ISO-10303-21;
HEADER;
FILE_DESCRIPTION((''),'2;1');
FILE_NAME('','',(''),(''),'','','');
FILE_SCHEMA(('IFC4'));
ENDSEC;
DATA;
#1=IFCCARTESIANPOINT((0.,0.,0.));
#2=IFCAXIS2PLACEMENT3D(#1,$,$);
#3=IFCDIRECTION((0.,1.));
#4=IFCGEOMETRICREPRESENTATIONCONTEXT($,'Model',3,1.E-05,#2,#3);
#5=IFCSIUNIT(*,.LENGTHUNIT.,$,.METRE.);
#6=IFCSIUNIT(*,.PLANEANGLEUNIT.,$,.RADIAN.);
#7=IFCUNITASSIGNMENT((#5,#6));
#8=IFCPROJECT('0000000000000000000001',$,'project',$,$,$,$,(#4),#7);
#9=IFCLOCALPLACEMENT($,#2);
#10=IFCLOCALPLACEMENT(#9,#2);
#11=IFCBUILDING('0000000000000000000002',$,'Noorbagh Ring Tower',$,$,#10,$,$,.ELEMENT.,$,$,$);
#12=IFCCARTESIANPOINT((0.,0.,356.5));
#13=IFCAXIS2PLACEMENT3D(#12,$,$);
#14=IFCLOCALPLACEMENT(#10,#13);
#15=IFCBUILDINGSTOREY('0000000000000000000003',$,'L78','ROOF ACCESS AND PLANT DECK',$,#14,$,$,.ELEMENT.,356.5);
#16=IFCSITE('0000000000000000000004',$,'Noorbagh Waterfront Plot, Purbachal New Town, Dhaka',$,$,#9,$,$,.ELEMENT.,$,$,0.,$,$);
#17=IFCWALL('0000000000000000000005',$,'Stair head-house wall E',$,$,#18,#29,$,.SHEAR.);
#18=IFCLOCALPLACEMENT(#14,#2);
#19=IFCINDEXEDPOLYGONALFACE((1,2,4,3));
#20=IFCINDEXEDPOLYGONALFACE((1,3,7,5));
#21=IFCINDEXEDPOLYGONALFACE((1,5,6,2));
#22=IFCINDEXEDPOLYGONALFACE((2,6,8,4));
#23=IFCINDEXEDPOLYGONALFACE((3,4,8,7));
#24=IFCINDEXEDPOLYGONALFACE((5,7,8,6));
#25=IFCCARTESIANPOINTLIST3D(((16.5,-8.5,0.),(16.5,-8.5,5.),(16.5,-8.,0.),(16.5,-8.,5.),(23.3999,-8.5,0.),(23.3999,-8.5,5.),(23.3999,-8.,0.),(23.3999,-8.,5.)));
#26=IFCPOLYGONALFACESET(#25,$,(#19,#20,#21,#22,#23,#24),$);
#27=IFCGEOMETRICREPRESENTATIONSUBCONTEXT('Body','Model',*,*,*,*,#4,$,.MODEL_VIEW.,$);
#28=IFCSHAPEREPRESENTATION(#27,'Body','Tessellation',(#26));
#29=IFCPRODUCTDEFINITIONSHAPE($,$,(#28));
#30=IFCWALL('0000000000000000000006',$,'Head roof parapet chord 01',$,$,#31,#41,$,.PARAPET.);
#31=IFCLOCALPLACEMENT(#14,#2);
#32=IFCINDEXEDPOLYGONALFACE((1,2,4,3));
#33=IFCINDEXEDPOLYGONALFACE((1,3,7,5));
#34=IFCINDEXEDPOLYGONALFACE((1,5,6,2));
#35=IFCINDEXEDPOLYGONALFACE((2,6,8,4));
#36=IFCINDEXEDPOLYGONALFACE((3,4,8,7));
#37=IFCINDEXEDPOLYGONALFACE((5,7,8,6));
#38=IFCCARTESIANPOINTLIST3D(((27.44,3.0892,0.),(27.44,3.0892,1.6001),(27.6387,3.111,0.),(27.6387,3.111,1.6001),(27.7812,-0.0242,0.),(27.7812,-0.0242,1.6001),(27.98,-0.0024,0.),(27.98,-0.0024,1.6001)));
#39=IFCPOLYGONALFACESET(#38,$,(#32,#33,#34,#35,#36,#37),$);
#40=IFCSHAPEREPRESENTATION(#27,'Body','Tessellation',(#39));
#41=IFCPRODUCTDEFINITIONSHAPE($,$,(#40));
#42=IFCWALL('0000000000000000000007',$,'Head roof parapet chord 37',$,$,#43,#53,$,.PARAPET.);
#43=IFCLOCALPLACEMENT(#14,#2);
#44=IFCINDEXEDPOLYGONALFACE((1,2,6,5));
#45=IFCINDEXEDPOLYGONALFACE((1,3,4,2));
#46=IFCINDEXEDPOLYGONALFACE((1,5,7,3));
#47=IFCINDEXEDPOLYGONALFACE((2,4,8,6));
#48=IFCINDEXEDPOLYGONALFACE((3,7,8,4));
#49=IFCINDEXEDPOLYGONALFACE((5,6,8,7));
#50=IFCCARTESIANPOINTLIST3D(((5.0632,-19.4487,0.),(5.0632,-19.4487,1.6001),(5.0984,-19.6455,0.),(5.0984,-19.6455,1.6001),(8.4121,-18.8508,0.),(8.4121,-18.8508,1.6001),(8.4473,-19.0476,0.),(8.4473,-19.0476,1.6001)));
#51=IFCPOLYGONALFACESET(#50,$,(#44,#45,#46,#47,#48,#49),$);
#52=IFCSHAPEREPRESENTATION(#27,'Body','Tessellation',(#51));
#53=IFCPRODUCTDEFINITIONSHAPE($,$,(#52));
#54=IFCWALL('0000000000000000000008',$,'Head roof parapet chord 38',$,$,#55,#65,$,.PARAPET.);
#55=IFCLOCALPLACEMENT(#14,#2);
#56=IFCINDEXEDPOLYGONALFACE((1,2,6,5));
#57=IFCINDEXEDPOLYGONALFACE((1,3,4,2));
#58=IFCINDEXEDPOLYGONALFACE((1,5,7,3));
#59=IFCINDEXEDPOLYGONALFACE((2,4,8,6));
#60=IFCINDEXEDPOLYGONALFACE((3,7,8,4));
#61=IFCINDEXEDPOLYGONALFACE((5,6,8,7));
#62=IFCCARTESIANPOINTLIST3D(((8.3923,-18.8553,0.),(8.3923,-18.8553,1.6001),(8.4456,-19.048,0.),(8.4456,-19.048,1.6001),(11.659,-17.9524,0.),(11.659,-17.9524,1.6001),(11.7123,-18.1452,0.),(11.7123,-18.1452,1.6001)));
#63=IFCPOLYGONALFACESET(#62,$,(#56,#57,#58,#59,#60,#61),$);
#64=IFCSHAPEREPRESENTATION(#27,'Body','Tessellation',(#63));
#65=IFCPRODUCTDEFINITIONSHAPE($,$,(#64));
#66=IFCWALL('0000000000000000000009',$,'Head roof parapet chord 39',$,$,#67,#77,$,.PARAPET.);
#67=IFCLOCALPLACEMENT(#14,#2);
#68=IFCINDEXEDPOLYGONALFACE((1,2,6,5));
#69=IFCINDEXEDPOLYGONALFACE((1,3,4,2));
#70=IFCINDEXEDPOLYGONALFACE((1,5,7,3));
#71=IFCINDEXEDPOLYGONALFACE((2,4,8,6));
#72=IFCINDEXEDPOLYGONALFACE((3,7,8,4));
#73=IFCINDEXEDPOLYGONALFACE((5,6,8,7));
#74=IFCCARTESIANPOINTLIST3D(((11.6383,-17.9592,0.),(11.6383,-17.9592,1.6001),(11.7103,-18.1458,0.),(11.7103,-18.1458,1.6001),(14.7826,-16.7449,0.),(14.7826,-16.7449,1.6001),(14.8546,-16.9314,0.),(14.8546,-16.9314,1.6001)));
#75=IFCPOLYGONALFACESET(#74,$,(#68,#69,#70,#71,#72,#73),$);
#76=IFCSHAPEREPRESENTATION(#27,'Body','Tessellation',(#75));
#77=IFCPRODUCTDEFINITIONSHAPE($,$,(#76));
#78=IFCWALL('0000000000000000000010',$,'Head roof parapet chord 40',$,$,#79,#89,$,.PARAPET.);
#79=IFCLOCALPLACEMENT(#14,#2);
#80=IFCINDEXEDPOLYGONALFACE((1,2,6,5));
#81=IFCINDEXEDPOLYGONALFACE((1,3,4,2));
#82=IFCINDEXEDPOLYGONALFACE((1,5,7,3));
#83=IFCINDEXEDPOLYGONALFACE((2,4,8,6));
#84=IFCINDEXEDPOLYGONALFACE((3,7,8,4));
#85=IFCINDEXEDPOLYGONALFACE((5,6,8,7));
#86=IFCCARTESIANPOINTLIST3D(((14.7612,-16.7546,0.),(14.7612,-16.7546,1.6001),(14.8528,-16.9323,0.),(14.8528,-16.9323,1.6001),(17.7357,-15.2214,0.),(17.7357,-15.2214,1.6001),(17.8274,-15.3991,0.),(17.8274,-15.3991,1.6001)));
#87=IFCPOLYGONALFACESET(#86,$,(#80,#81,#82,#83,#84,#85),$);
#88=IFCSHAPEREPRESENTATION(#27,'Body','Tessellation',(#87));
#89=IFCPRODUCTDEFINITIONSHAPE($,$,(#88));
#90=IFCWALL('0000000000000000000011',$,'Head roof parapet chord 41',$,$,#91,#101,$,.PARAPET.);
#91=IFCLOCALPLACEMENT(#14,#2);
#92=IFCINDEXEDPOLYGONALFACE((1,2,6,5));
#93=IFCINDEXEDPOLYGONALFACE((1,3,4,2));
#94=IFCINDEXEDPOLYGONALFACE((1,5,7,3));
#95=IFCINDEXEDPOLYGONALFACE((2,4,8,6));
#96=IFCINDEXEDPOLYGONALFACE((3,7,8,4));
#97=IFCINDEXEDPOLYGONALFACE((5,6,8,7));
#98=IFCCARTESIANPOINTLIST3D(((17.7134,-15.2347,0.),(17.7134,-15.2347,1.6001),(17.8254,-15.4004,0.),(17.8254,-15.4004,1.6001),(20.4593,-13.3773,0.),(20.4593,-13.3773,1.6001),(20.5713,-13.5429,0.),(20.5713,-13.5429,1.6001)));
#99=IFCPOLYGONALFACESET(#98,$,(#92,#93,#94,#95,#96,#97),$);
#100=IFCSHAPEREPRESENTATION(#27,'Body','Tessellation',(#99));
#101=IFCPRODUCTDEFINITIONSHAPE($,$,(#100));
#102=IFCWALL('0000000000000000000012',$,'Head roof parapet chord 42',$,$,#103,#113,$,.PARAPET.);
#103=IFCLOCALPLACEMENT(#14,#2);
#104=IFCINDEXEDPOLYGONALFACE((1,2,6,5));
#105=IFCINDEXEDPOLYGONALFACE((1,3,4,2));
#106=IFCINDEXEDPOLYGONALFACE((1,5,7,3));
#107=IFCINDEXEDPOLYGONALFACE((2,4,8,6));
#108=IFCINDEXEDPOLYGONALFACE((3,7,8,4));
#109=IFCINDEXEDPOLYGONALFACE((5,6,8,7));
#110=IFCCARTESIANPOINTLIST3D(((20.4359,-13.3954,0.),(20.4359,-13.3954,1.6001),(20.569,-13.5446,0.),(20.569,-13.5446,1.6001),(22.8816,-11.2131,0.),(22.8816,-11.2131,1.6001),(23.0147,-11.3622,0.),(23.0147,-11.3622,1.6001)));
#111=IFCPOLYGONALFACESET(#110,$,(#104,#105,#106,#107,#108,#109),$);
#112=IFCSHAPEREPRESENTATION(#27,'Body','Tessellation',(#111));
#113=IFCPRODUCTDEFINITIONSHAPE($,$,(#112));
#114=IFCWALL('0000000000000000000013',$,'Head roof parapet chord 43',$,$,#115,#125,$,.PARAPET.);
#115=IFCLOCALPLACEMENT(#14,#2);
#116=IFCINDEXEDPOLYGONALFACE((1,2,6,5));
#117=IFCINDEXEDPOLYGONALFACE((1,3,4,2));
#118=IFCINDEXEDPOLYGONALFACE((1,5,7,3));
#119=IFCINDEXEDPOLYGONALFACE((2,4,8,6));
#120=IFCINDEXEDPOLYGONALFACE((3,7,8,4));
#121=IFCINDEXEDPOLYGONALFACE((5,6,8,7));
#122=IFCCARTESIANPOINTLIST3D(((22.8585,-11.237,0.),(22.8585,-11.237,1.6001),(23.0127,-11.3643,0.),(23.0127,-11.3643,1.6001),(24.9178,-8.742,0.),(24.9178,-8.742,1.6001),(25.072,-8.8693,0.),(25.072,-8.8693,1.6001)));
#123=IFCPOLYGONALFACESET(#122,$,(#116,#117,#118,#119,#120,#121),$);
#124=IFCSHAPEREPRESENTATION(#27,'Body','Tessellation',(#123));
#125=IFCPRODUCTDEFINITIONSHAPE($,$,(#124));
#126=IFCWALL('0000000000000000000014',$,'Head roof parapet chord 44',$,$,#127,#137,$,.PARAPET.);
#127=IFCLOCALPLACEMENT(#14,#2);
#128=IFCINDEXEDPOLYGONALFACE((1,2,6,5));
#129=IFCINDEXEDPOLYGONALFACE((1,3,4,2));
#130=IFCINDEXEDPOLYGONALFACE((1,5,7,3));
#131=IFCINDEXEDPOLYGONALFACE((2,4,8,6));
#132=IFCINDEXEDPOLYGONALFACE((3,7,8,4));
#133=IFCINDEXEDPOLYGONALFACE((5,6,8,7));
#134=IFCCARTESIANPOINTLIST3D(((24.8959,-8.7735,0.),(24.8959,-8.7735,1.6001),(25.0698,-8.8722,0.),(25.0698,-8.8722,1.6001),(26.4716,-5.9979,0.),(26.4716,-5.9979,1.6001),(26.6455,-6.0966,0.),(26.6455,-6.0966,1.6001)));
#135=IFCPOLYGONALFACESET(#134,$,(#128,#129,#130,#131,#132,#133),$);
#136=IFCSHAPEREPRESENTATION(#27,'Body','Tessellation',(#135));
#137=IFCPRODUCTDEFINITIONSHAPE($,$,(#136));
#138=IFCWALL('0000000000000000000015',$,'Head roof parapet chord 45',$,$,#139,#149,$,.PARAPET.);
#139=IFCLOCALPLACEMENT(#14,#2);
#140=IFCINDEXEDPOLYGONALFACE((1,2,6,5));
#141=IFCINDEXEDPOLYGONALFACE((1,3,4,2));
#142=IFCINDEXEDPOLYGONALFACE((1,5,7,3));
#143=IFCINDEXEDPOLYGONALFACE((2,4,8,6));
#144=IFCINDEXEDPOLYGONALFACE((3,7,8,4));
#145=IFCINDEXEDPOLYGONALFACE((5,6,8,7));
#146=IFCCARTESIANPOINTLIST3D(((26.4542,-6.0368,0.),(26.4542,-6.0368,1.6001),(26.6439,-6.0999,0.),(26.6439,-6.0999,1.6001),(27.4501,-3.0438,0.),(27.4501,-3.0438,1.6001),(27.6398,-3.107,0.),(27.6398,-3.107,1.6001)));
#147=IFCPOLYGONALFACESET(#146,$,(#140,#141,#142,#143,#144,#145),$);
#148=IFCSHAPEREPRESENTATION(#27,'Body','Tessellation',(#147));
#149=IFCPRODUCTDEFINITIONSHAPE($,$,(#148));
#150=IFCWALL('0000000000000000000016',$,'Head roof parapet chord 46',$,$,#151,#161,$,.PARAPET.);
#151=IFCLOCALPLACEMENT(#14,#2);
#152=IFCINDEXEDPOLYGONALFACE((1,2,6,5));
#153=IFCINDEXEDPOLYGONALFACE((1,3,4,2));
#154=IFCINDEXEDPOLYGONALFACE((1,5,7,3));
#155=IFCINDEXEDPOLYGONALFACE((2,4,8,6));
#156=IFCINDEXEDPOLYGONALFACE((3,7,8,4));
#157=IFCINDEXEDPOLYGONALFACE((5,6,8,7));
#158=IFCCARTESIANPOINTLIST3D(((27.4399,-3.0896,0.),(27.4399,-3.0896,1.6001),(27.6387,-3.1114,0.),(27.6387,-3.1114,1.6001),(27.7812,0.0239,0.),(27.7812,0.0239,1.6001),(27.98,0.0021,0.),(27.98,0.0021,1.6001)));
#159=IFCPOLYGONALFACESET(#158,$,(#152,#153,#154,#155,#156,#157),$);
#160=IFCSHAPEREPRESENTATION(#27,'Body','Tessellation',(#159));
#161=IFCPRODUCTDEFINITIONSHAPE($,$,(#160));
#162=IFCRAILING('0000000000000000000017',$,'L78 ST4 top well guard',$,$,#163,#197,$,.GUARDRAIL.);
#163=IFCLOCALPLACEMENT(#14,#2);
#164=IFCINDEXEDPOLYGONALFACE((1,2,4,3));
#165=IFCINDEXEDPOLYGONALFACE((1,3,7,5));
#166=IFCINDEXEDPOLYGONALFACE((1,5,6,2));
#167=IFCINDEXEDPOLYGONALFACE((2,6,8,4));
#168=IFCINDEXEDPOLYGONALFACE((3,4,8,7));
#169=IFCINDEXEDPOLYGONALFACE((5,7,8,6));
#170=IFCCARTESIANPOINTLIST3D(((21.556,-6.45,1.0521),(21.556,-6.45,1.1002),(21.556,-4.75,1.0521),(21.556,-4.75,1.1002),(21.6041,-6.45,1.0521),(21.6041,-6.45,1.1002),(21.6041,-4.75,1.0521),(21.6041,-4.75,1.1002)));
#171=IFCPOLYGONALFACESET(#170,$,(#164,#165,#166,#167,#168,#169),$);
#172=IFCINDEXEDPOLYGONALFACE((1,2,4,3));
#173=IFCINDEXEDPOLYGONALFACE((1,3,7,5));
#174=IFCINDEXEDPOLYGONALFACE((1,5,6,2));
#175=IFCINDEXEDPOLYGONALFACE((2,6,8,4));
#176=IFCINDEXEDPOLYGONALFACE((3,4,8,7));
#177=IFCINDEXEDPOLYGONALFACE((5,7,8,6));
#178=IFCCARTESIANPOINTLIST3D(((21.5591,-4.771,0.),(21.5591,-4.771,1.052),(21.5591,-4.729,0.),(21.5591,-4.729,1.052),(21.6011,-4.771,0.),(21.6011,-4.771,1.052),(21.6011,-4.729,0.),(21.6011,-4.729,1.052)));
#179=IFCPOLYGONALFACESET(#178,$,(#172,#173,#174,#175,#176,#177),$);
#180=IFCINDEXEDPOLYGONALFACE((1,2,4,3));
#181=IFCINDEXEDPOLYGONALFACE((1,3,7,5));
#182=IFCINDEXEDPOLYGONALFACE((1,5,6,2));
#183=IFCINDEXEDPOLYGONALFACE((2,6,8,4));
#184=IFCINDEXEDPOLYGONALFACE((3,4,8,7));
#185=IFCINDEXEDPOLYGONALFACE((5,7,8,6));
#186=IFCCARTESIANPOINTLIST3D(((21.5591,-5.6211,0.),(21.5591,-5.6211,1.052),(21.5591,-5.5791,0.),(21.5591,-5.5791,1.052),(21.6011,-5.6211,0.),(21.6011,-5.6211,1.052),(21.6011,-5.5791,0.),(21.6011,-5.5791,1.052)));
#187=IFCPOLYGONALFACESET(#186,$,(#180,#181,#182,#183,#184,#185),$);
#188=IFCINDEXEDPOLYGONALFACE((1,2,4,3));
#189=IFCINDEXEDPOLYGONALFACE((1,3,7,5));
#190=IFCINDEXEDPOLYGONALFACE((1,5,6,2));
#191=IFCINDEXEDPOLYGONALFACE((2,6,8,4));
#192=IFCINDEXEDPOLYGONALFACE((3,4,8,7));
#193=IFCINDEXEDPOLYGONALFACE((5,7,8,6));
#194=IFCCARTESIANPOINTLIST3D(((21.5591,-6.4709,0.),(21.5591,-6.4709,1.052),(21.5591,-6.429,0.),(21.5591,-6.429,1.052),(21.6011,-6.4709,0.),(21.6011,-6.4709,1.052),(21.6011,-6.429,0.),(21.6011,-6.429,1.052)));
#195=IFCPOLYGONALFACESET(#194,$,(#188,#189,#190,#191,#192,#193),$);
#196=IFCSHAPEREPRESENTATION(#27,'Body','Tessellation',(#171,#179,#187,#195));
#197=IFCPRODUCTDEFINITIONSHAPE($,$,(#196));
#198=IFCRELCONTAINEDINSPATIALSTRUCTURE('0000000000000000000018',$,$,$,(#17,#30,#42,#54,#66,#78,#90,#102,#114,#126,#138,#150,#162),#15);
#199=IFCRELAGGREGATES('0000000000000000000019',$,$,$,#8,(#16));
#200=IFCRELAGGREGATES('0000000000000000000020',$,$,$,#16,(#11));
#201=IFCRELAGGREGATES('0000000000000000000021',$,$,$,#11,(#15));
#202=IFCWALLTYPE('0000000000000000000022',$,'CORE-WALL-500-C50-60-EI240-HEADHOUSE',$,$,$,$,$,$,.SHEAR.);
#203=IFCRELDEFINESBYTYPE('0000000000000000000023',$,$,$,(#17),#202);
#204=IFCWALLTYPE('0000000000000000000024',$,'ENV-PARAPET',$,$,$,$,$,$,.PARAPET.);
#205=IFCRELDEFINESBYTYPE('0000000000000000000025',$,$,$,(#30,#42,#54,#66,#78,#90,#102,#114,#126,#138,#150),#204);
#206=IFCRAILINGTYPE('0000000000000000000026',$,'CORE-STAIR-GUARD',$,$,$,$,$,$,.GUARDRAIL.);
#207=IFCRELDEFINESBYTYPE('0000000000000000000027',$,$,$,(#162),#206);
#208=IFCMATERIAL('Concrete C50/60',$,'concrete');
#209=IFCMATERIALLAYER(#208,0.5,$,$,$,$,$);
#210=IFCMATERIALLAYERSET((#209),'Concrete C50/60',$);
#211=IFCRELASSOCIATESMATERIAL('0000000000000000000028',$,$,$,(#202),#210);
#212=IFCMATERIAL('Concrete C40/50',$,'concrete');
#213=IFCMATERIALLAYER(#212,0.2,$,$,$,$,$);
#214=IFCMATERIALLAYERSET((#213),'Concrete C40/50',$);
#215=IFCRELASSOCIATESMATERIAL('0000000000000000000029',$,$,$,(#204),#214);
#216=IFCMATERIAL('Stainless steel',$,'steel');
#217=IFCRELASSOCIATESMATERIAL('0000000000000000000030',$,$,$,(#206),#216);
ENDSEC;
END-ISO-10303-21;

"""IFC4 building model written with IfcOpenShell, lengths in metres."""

from ifc_helpers import new_model, si_unit, direction, frame, frame_2d, origin, origin_2d, place, context, subcontext, project, spatial, rectangle, extrude, material, layer, layer_set, type_object, element, save


model = new_model("IFC4")

# Units and contexts
model_context = context("Model", 3, precision=1e-05, world=origin(), true_north=direction((0.0, 1.0)))
body_context = subcontext(model_context, "Body", "Model", "MODEL_VIEW")
ifc_project = project(units=[si_unit("LENGTHUNIT", "METRE"), si_unit("PLANEANGLEUNIT", "RADIAN")], contexts=[model_context])

# Site, building, storey
site_placement = place(None, origin())
site = spatial("IfcSite", under=ifc_project, at=site_placement, Name="Noorbagh Waterfront Plot, Purbachal New Town, Dhaka", CompositionType="ELEMENT", RefElevation=0.0)
building_placement = place(site_placement, origin())
building = spatial("IfcBuilding", under=site, at=building_placement, Name="Noorbagh Ring Tower", CompositionType="ELEMENT")
storey_placement = place(building_placement, frame((0.0, 0.0, 356.5)))
storey = spatial("IfcBuildingStorey", under=building, at=storey_placement, Name="L78", Description="ROOF ACCESS AND PLANT DECK", CompositionType="ELEMENT", Elevation=356.5)

# Walls
ifc_material_1 = material(Name="Concrete C50/60", Category="concrete")
ifc_layer_1 = layer(ifc_material_1, 0.5)
ifc_layer_set_1 = layer_set([ifc_layer_1], Name="Concrete C50/60")
wall_type_1 = type_object("IfcWallType", Name="CORE-WALL-500-C50-60-EI240-HEADHOUSE", PredefinedType="SHEAR", material=ifc_layer_set_1)
wall_1_placement = place(storey_placement, frame((16.5, -8.25, 0.0), z_axis=(0.0, 0.0, 1.0), x_axis=(1.0, 0.0, 0.0)))
element("IfcWall", 1, at=wall_1_placement, inside=storey, type_object=wall_type_1, Name="Stair head-house wall E", PredefinedType="SHEAR", context=body_context, shape_type="SweptSolid", body=[
    extrude(rectangle(XDim=6.8999, YDim=0.5, at=frame_2d((3.45, 0.0))), origin(), (0.0, 0.0, 1.0), 5.0),
])
ifc_material_2 = material(Name="Concrete C40/50", Category="concrete")
ifc_layer_2 = layer(ifc_material_2, 0.2)
ifc_layer_set_2 = layer_set([ifc_layer_2], Name="Concrete C40/50")
wall_type_2 = type_object("IfcWallType", Name="ENV-PARAPET", PredefinedType="PARAPET", material=ifc_layer_set_2)
wall_2_placement = place(storey_placement, frame((27.8806, -0.0132, 0.0), z_axis=(0.0, 0.0, 1.0), x_axis=(-0.108968, 0.994045, 0.0)))
element("IfcWall", 2, at=wall_2_placement, inside=storey, type_object=wall_type_2, Name="Head roof parapet chord 01", PredefinedType="PARAPET", context=body_context, shape_type="SweptSolid", body=[
    extrude(rectangle(XDim=3.1321, YDim=0.2, at=frame_2d((1.5659, 0.0))), origin(), (0.0, 0.0, 1.0), 1.6001),
])
wall_3_placement = place(storey_placement, frame((5.0808, -19.5471, 0.0), z_axis=(0.0, 0.0, 1.0), x_axis=(0.984433, 0.175758, 0.0)))
element("IfcWall", 3, at=wall_3_placement, inside=storey, type_object=wall_type_2, Name="Head roof parapet chord 37", PredefinedType="PARAPET", context=body_context, shape_type="SweptSolid", body=[
    extrude(rectangle(XDim=3.4019, YDim=0.2, at=frame_2d((1.7009, 0.0))), origin(), (0.0, 0.0, 1.0), 1.6001),
])
wall_4_placement = place(storey_placement, frame((8.4189, -18.9517, 0.0), z_axis=(0.0, 0.0, 1.0), x_axis=(0.963864, 0.266395, 0.0)))
element("IfcWall", 4, at=wall_4_placement, inside=storey, type_object=wall_type_2, Name="Head roof parapet chord 38", PredefinedType="PARAPET", context=body_context, shape_type="SweptSolid", body=[
    extrude(rectangle(XDim=3.3892, YDim=0.2, at=frame_2d((1.6946, 0.0))), origin(), (0.0, 0.0, 1.0), 1.6001),
])
wall_5_placement = place(storey_placement, frame((11.6743, -18.0525, 0.0), z_axis=(0.0, 0.0, 1.0), x_axis=(0.932846, 0.360275, 0.0)))
element("IfcWall", 5, at=wall_5_placement, inside=storey, type_object=wall_type_2, Name="Head roof parapet chord 39", PredefinedType="PARAPET", context=body_context, shape_type="SweptSolid", body=[
    extrude(rectangle(XDim=3.3706, YDim=0.2, at=frame_2d((1.6853, 0.0))), origin(), (0.0, 0.0, 1.0), 1.6001),
])
wall_6_placement = place(storey_placement, frame((14.8069, -16.8435, 0.0), z_axis=(0.0, 0.0, 1.0), x_axis=(0.888874, 0.458152, 0.0)))
element("IfcWall", 6, at=wall_6_placement, inside=storey, type_object=wall_type_2, Name="Head roof parapet chord 40", PredefinedType="PARAPET", context=body_context, shape_type="SweptSolid", body=[
    extrude(rectangle(XDim=3.3464, YDim=0.2, at=frame_2d((1.6733, 0.0))), origin(), (0.0, 0.0, 1.0), 1.6001),
])
wall_7_placement = place(storey_placement, frame((17.7693, -15.3176, 0.0), z_axis=(0.0, 0.0, 1.0), x_axis=(0.828292, 0.560296, 0.0)))
element("IfcWall", 7, at=wall_7_placement, inside=storey, type_object=wall_type_2, Name="Head roof parapet chord 41", PredefinedType="PARAPET", context=body_context, shape_type="SweptSolid", body=[
    extrude(rectangle(XDim=3.3152, YDim=0.2, at=frame_2d((1.6577, 0.0))), origin(), (0.0, 0.0, 1.0), 1.6001),
])
wall_8_placement = place(storey_placement, frame((20.5024, -13.47, 0.0), z_axis=(0.0, 0.0, 1.0), x_axis=(0.746146, 0.665782, 0.0)))
element("IfcWall", 8, at=wall_8_placement, inside=storey, type_object=wall_type_2, Name="Head roof parapet chord 42", PredefinedType="PARAPET", context=body_context, shape_type="SweptSolid", body=[
    extrude(rectangle(XDim=3.2778, YDim=0.2, at=frame_2d((1.6389, 0.0))), origin(), (0.0, 0.0, 1.0), 1.6001),
])
wall_9_placement = place(storey_placement, frame((22.9355, -11.3008, 0.0), z_axis=(0.0, 0.0, 1.0), x_axis=(0.63654, 0.771244, 0.0)))
element("IfcWall", 9, at=wall_9_placement, inside=storey, type_object=wall_type_2, Name="Head roof parapet chord 43", PredefinedType="PARAPET", context=body_context, shape_type="SweptSolid", body=[
    extrude(rectangle(XDim=3.2351, YDim=0.2, at=frame_2d((1.6177, 0.0))), origin(), (0.0, 0.0, 1.0), 1.6001),
])
wall_10_placement = place(storey_placement, frame((24.9829, -8.8228, 0.0), z_axis=(0.0, 0.0, 1.0), x_axis=(0.493682, 0.869642, 0.0)))
element("IfcWall", 10, at=wall_10_placement, inside=storey, type_object=wall_type_2, Name="Head roof parapet chord 44", PredefinedType="PARAPET", context=body_context, shape_type="SweptSolid", body=[
    extrude(rectangle(XDim=3.1917, YDim=0.2, at=frame_2d((1.5957, 0.0))), origin(), (0.0, 0.0, 1.0), 1.6001),
])
wall_11_placement = place(storey_placement, frame((26.5491, -6.0684, 0.0), z_axis=(0.0, 0.0, 1.0), x_axis=(0.315717, 0.948853, 0.0)))
element("IfcWall", 11, at=wall_11_placement, inside=storey, type_object=wall_type_2, Name="Head roof parapet chord 45", PredefinedType="PARAPET", context=body_context, shape_type="SweptSolid", body=[
    extrude(rectangle(XDim=3.1543, YDim=0.2, at=frame_2d((1.5771, 0.0))), origin(), (0.0, 0.0, 1.0), 1.6001),
])
wall_12_placement = place(storey_placement, frame((27.5393, -3.1003, 0.0), z_axis=(0.0, 0.0, 1.0), x_axis=(0.108968, 0.994045, 0.0)))
element("IfcWall", 12, at=wall_12_placement, inside=storey, type_object=wall_type_2, Name="Head roof parapet chord 46", PredefinedType="PARAPET", context=body_context, shape_type="SweptSolid", body=[
    extrude(rectangle(XDim=3.1321, YDim=0.2, at=frame_2d((1.5659, 0.0))), origin(), (0.0, 0.0, 1.0), 1.6001),
])

# Railing
ifc_material_3 = material(Name="Stainless steel", Category="steel")
railing_type = type_object("IfcRailingType", Name="CORE-STAIR-GUARD", PredefinedType="GUARDRAIL", material=ifc_material_3)
railing_placement = place(storey_placement, frame((21.5801, -4.75, 0.0)))
element("IfcRailing", 13, at=railing_placement, inside=storey, type_object=railing_type, Name="L78 ST4 top well guard", PredefinedType="GUARDRAIL", context=body_context, shape_type="SweptSolid", body=[
    extrude(rectangle(XDim=0.0481, YDim=0.0481, at=origin_2d()), frame((0.0, 0.0, 1.0762), z_axis=(0.0, -1.0, 0.0), x_axis=(1.0, 0.0, 0.0)), (0.0, 0.0, 1.0), 1.7),
    extrude(rectangle(XDim=0.042, YDim=0.042, at=origin_2d()), origin(), (0.0, 0.0, 1.0), 1.052),
    extrude(rectangle(XDim=0.042, YDim=0.042, at=origin_2d()), frame((0.0, -0.8501, 0.0)), (0.0, 0.0, 1.0), 1.052),
    extrude(rectangle(XDim=0.042, YDim=0.042, at=origin_2d()), frame((0.0, -1.7, 0.0)), (0.0, 0.0, 1.0), 1.052),
])

save(model, "model.ifc")
